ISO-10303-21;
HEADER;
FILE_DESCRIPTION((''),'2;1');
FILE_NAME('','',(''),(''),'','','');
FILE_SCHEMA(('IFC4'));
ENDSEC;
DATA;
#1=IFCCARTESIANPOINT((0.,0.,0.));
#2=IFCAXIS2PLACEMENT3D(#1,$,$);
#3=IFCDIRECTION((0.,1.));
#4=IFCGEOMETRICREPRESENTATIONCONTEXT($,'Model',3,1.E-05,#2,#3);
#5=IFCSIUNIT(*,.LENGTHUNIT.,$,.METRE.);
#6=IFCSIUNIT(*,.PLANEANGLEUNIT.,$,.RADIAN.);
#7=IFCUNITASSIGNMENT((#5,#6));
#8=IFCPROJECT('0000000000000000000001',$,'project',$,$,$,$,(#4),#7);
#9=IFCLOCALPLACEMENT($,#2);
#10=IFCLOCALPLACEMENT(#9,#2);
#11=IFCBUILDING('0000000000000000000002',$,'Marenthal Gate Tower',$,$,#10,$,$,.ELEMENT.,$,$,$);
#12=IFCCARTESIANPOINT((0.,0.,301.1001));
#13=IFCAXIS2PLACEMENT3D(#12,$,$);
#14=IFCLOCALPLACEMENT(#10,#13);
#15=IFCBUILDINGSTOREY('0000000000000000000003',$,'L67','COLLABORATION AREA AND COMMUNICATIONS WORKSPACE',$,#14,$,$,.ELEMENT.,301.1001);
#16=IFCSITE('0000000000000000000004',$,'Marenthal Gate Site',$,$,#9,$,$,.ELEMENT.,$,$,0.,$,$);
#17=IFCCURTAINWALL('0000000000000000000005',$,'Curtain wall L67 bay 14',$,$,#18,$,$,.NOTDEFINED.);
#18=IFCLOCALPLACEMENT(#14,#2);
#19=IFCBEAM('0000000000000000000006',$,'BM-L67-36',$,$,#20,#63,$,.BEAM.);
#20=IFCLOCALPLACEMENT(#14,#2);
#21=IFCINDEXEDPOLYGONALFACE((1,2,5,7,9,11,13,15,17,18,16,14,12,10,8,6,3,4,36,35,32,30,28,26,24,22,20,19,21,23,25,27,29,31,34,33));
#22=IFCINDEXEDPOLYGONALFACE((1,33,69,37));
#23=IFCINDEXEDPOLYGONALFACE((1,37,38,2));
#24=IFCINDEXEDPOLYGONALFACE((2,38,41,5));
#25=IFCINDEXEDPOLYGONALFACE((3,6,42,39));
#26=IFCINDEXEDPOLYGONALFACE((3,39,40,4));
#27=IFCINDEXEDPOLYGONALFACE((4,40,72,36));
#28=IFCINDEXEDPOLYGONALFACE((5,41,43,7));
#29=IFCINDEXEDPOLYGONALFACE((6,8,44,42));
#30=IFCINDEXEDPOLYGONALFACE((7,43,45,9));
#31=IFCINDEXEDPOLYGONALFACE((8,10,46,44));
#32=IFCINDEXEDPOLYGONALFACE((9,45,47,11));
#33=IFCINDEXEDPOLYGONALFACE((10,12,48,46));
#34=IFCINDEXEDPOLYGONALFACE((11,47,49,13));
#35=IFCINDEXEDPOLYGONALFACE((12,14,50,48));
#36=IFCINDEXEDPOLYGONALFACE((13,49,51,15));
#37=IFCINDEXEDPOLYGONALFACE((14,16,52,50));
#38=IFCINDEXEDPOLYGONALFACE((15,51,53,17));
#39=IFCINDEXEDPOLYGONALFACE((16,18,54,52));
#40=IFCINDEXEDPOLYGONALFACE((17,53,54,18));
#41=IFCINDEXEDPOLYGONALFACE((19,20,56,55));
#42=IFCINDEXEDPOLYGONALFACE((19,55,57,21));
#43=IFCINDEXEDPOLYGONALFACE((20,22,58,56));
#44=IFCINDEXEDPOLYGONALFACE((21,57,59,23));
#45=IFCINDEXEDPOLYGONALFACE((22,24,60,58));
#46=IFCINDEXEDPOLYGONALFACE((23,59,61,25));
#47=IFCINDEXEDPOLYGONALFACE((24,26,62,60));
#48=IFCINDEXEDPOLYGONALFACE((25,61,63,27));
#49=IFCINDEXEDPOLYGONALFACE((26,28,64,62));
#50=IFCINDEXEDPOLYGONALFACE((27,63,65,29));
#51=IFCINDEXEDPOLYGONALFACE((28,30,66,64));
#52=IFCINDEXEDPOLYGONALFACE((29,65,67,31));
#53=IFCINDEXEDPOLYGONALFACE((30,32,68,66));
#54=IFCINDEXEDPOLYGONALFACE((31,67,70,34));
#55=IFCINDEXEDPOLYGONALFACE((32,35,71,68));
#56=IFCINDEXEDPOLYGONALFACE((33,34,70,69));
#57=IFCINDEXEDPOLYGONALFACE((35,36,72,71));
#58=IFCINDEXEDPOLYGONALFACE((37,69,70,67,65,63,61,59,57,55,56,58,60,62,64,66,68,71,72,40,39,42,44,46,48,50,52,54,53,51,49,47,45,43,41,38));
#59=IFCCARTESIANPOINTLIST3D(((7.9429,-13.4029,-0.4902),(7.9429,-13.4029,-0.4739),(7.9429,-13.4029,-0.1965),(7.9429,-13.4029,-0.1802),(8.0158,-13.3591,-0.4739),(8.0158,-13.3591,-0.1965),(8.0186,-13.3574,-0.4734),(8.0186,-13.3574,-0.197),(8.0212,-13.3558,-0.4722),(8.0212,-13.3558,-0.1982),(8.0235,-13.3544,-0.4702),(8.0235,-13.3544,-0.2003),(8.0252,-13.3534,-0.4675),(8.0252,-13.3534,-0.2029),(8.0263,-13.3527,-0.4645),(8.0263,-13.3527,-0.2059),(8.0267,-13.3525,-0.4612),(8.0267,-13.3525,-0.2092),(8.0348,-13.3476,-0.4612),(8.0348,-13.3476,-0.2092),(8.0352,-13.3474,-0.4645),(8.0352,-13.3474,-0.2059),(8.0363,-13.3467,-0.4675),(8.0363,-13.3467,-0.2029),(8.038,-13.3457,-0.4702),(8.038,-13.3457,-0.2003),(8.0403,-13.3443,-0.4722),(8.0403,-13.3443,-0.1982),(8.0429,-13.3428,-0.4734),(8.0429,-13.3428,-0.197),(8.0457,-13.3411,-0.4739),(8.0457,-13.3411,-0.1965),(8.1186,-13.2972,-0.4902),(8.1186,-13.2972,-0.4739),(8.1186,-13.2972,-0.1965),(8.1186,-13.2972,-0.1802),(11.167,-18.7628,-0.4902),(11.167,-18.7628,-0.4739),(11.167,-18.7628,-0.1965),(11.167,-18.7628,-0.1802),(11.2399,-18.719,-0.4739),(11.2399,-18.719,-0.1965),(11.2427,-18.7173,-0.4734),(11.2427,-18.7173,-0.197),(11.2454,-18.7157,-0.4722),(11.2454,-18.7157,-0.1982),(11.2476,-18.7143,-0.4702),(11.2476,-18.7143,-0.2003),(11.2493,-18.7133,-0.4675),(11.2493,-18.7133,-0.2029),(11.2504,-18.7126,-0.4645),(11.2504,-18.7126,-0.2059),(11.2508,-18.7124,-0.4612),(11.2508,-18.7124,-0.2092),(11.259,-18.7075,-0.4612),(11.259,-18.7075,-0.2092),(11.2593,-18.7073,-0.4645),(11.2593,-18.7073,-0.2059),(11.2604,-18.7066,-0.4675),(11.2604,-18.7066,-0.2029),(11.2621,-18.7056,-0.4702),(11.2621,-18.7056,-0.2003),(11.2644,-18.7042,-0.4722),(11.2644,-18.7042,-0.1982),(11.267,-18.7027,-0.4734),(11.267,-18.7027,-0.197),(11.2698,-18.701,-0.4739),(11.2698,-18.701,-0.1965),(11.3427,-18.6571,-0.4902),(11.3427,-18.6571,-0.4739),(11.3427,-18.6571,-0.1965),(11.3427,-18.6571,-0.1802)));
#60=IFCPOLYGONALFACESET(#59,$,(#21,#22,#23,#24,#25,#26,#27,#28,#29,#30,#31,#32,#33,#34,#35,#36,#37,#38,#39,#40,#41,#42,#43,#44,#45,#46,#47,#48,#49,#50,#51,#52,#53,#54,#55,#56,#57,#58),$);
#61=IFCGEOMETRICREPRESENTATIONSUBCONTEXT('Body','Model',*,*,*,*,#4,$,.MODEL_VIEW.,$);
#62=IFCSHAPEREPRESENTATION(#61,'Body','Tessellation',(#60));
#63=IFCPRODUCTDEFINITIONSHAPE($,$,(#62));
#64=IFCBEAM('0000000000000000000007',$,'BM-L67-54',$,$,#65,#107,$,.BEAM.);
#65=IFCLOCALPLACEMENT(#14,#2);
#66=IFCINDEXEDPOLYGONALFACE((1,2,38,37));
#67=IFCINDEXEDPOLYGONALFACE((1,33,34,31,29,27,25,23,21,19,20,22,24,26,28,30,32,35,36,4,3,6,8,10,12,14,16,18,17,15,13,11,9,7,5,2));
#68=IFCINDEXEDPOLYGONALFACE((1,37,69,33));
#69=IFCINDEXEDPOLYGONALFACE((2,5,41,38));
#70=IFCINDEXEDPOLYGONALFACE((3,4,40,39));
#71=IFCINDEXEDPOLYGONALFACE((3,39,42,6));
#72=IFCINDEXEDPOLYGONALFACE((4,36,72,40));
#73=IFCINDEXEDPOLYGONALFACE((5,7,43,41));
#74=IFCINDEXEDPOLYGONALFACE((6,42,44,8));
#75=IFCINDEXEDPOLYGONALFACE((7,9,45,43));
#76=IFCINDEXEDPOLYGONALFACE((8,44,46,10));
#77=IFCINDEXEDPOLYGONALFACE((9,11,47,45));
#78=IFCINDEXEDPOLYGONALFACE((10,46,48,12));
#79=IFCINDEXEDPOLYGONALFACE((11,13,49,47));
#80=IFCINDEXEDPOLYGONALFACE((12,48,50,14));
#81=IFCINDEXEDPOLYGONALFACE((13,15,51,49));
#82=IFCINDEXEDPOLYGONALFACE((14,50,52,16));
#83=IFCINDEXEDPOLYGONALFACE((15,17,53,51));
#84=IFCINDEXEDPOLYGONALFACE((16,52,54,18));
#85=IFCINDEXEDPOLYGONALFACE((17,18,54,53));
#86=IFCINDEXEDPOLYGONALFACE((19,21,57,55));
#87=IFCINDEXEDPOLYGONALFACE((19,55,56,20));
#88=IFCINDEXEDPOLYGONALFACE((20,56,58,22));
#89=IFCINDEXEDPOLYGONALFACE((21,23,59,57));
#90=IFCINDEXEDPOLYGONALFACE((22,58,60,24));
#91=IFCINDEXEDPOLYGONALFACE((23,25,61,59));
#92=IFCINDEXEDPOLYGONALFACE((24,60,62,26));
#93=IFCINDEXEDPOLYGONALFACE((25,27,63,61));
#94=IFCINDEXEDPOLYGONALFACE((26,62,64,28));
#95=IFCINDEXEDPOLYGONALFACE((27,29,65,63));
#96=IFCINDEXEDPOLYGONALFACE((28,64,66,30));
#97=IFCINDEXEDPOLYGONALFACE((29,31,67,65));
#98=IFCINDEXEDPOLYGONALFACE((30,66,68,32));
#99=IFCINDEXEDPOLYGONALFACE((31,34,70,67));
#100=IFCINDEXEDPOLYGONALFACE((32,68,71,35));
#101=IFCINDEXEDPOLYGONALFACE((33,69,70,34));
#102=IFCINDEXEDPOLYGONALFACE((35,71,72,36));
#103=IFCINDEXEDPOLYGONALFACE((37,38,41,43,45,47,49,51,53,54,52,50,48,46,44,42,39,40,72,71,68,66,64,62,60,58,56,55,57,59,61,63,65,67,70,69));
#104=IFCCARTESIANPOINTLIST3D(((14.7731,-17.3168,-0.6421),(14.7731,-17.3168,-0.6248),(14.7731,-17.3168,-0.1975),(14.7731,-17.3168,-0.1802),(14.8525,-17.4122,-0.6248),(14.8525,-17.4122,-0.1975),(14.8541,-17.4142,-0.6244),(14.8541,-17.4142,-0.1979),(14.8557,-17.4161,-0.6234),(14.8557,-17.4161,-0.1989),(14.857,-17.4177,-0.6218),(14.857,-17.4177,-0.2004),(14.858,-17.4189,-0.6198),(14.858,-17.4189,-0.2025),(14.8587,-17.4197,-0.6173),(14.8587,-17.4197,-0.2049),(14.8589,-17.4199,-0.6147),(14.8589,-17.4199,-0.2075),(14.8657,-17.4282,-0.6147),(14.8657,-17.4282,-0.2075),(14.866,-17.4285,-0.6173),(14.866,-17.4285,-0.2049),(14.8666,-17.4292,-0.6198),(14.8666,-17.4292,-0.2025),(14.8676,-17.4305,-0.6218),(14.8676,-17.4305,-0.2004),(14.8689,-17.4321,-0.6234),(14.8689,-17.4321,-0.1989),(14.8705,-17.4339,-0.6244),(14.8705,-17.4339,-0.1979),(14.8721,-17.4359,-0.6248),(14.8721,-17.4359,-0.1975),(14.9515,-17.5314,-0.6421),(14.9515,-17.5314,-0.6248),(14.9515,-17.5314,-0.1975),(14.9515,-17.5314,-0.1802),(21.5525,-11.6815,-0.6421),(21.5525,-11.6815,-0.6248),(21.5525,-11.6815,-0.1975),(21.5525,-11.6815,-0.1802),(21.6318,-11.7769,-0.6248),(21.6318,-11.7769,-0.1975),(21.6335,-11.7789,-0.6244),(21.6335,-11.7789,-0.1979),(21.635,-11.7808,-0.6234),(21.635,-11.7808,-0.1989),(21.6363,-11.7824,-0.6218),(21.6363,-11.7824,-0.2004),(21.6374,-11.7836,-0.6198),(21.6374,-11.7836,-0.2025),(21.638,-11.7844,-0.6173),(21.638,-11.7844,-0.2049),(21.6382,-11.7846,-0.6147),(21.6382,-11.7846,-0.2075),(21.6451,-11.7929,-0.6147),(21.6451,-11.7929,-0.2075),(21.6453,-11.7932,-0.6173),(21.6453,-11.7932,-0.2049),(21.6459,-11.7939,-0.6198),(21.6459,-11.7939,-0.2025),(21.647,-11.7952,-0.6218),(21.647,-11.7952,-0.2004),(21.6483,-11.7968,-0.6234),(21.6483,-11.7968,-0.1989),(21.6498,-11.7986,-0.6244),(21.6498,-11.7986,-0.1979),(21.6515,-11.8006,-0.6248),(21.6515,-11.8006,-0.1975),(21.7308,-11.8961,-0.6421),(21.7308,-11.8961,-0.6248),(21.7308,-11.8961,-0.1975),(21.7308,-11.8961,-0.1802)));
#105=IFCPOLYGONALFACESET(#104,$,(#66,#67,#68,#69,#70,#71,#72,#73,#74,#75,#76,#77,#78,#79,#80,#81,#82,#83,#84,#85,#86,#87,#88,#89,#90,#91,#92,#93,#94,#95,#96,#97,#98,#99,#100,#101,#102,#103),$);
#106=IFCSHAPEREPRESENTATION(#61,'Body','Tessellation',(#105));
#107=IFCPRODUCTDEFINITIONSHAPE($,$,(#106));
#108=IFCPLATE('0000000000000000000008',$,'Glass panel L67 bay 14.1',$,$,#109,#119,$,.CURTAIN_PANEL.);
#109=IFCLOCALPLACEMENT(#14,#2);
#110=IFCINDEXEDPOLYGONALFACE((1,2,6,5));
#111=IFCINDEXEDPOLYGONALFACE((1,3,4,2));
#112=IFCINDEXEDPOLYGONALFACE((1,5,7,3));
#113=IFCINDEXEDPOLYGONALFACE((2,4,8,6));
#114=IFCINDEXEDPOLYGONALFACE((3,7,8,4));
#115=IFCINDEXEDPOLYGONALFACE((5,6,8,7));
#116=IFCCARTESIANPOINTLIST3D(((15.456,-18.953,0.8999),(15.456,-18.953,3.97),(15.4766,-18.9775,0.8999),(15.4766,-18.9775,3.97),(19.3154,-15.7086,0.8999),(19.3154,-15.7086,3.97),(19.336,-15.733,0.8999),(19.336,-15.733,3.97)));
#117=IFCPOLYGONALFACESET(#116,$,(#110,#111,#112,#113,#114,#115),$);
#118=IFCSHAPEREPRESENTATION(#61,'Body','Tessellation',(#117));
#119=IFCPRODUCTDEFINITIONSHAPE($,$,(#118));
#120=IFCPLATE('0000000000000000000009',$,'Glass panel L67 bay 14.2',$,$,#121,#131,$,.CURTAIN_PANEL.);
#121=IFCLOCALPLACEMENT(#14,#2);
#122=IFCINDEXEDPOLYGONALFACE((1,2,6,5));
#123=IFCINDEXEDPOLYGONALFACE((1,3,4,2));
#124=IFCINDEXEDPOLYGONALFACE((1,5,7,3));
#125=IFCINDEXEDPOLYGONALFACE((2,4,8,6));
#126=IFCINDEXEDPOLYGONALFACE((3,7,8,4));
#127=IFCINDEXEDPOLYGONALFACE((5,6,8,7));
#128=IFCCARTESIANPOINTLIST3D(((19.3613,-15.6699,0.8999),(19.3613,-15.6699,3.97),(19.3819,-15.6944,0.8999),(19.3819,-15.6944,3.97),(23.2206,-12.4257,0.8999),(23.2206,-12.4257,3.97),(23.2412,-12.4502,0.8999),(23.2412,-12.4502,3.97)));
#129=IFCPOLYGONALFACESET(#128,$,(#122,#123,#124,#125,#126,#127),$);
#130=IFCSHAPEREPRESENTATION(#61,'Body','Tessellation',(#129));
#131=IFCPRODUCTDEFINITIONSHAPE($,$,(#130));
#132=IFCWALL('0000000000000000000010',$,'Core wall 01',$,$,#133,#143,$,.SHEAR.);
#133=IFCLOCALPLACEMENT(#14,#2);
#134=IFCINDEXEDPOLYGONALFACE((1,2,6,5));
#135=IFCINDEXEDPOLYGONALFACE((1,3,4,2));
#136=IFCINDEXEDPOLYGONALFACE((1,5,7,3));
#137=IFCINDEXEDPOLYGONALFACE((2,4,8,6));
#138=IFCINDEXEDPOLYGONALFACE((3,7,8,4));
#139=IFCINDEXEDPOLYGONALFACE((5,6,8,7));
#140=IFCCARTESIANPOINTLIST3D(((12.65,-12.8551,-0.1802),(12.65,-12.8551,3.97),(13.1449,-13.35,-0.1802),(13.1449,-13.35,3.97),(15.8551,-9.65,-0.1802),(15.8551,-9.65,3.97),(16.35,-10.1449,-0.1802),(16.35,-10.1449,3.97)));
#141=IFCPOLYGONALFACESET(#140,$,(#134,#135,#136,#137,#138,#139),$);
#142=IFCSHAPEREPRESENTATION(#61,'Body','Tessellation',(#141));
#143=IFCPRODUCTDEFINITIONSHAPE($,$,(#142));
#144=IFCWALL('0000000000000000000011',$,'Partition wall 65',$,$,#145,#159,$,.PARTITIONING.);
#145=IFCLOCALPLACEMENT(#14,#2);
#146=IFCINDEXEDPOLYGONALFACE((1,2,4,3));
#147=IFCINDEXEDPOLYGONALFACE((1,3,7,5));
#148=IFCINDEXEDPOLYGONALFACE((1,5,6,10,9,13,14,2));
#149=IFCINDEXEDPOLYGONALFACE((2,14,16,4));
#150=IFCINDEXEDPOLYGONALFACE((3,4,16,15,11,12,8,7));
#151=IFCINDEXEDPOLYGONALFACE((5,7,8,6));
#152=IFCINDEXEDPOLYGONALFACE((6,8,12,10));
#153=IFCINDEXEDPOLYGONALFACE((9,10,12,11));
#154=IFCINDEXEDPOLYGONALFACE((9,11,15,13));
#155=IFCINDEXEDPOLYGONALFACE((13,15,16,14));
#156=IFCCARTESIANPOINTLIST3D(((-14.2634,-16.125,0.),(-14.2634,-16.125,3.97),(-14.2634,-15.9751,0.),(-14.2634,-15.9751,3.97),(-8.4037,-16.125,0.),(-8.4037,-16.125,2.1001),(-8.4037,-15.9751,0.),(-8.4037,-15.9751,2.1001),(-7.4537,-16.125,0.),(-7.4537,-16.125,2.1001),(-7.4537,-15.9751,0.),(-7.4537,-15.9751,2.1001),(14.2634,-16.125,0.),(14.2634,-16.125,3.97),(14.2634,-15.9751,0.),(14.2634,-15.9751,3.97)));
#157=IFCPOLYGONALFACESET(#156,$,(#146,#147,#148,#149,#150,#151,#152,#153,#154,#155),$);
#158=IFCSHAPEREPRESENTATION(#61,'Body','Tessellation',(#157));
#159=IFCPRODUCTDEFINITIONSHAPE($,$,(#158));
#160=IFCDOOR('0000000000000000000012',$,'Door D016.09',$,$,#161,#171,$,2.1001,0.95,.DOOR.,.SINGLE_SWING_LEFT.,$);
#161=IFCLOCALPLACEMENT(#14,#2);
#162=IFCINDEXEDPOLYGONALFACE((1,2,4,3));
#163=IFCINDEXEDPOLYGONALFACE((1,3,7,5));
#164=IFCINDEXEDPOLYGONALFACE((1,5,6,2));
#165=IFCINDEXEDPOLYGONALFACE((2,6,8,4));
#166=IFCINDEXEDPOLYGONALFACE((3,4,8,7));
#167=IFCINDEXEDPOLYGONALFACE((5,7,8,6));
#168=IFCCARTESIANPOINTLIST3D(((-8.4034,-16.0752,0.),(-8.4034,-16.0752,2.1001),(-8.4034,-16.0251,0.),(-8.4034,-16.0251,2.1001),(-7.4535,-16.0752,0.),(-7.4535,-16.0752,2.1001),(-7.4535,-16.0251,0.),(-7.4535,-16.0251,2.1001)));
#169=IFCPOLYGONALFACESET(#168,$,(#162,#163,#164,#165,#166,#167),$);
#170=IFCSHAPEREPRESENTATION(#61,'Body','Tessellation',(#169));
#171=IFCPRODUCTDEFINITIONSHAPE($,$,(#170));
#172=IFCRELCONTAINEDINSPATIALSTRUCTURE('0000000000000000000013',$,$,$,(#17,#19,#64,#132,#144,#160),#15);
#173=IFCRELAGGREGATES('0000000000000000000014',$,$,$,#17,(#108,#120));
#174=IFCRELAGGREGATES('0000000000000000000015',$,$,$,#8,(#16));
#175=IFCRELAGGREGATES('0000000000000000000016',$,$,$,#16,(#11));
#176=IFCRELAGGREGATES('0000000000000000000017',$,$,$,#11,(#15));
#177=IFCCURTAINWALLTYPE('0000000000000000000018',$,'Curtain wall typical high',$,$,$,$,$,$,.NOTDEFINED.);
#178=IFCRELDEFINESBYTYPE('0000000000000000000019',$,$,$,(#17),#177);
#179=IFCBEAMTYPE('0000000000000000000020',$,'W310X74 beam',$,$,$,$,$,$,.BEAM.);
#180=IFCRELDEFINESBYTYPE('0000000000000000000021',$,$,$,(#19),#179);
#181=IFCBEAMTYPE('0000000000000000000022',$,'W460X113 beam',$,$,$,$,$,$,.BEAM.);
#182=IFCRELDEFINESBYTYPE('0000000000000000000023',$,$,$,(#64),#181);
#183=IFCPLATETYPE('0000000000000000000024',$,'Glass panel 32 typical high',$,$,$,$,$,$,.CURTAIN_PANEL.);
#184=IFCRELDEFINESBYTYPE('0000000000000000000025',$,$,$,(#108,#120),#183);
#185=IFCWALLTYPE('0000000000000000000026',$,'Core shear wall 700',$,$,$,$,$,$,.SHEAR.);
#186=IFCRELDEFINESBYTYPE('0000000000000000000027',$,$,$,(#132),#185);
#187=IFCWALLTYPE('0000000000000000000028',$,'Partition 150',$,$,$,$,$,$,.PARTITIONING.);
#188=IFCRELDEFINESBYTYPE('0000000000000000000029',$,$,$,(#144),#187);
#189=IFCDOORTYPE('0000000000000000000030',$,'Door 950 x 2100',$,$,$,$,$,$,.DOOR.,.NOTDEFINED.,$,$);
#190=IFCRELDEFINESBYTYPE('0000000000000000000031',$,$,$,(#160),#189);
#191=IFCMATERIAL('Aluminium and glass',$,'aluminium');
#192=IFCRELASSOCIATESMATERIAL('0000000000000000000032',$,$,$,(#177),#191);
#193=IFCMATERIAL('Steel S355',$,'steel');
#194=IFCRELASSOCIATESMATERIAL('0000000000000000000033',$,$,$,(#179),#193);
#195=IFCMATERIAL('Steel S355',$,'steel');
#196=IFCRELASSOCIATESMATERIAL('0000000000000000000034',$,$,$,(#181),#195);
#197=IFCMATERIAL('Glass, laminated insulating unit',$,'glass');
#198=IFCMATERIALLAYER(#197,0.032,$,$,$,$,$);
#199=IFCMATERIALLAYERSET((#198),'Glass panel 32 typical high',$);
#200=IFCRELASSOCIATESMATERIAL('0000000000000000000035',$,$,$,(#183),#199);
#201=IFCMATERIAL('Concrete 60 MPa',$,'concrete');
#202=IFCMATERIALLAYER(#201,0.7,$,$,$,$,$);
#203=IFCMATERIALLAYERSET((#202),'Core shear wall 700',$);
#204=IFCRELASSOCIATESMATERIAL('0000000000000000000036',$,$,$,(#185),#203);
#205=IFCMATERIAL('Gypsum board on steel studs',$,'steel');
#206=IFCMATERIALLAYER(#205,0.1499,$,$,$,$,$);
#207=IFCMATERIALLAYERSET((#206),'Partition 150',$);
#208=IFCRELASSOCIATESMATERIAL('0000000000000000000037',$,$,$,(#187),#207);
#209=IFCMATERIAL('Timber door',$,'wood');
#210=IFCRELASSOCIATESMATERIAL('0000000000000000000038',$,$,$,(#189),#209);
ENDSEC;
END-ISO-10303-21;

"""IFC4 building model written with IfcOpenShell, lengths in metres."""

from ifc_helpers import new_model, si_unit, direction, frame, frame_2d, origin, origin_2d, place, context, subcontext, project, spatial, rectangle, i_section, extrude, material, layer, layer_set, material_profile, profile_set, type_object, element, fill, aggregate, save


model = new_model("IFC4")

# Units and contexts
model_context = context("Model", 3, precision=1e-05, world=origin(), true_north=direction((0.0, 1.0)))
body_context = subcontext(model_context, "Body", "Model", "MODEL_VIEW")
ifc_project = project(units=[si_unit("LENGTHUNIT", "METRE"), si_unit("PLANEANGLEUNIT", "RADIAN")], contexts=[model_context])

# Site, building, storey
site_placement = place(None, origin())
site = spatial("IfcSite", under=ifc_project, at=site_placement, Name="Marenthal Gate Site", CompositionType="ELEMENT", RefElevation=0.0)
building_placement = place(site_placement, origin())
building = spatial("IfcBuilding", under=site, at=building_placement, Name="Marenthal Gate Tower", CompositionType="ELEMENT")
storey_placement = place(building_placement, frame((0.0, 0.0, 301.1001)))
storey = spatial("IfcBuildingStorey", under=building, at=storey_placement, Name="L67", Description="COLLABORATION AREA AND COMMUNICATIONS WORKSPACE", CompositionType="ELEMENT", Elevation=301.1001)

# Curtain wall
ifc_material_1 = material(Name="Aluminium and glass", Category="aluminium")
curtain_wall_type = type_object("IfcCurtainWallType", Name="Curtain wall typical high", PredefinedType="NOTDEFINED", material=ifc_material_1)
curtain_wall_placement = place(storey_placement, origin())
curtain_wall = element("IfcCurtainWall", 1, at=curtain_wall_placement, inside=storey, type_object=curtain_wall_type, Name="Curtain wall L67 bay 14", PredefinedType="NOTDEFINED")

# Beams
ifc_material_2 = material(Name="Steel S355", Category="steel")
ifc_material_profile_1 = material_profile(ifc_material_2, i_section(OverallWidth=0.2051, OverallDepth=0.3101, WebThickness=0.0095, FlangeThickness=0.0164, FilletRadius=0.0127, at=origin_2d()), Name="W310X74")
ifc_profile_set_1 = profile_set([ifc_material_profile_1], Name="Steel S355")
beam_type_1 = type_object("IfcBeamType", Name="W310X74 beam", PredefinedType="BEAM", material=ifc_profile_set_1)
beam_1_placement = place(storey_placement, frame((11.2549, -18.71, -0.3352), z_axis=(-0.51546, 0.856914, 0.0), x_axis=(-0.856914, -0.51546, 0.0)))
element("IfcBeam", 2, at=beam_1_placement, inside=storey, type_object=beam_type_1, Name="BM-L67-36", PredefinedType="BEAM", context=body_context, shape_type="SweptSolid", body=[
    extrude(i_section(OverallWidth=0.2051, OverallDepth=0.3101, WebThickness=0.0095, FlangeThickness=0.0164, FilletRadius=0.0127, at=origin_2d()), origin(), (0.0, 0.0, 1.0), 6.2549),
])
ifc_material_3 = material(Name="Steel S355", Category="steel")
ifc_material_profile_2 = material_profile(ifc_material_3, i_section(OverallWidth=0.2791, OverallDepth=0.4619, WebThickness=0.0107, FlangeThickness=0.0173, FilletRadius=0.01, at=origin_2d()), Name="W460X113")
ifc_profile_set_2 = profile_set([ifc_material_profile_2], Name="Steel S355")
beam_type_2 = type_object("IfcBeamType", Name="W460X113 beam", PredefinedType="BEAM", material=ifc_profile_set_2)
beam_2_placement = place(storey_placement, frame((14.8623, -17.4241, -0.4111), z_axis=(0.769011, 0.639236, 0.0), x_axis=(-0.639236, 0.769011, 0.0)))
element("IfcBeam", 3, at=beam_2_placement, inside=storey, type_object=beam_type_2, Name="BM-L67-54", PredefinedType="BEAM", context=body_context, shape_type="SweptSolid", body=[
    extrude(i_section(OverallWidth=0.2791, OverallDepth=0.4619, WebThickness=0.0107, FlangeThickness=0.0173, FilletRadius=0.01, at=origin_2d()), origin(), (0.0, 0.0, 1.0), 8.8157),
])

# Plates
ifc_material_4 = material(Name="Glass, laminated insulating unit", Category="glass")
ifc_layer_1 = layer(ifc_material_4, 0.032)
ifc_layer_set_1 = layer_set([ifc_layer_1], Name="Glass panel 32 typical high")
plate_type = type_object("IfcPlateType", Name="Glass panel 32 typical high", PredefinedType="CURTAIN_PANEL", material=ifc_layer_set_1)
plate_1_placement = place(storey_placement, frame((17.396, -17.343, 0.8999), z_axis=(0.0, 0.0, 1.0), x_axis=(0.765463, 0.64348, 0.0)))
plate_1 = element("IfcPlate", 4, at=plate_1_placement, type_object=plate_type, Name="Glass panel L67 bay 14.1", PredefinedType="CURTAIN_PANEL", context=body_context, shape_type="SweptSolid", body=[
    extrude(rectangle(XDim=5.042, YDim=0.032, at=origin_2d()), origin(), (0.0, 0.0, 1.0), 3.0701),
])
plate_2_placement = place(storey_placement, frame((21.3013, -14.0601, 0.8999), z_axis=(0.0, 0.0, 1.0), x_axis=(0.765463, 0.64348, 0.0)))
plate_2 = element("IfcPlate", 5, at=plate_2_placement, type_object=plate_type, Name="Glass panel L67 bay 14.2", PredefinedType="CURTAIN_PANEL", context=body_context, shape_type="SweptSolid", body=[
    extrude(rectangle(XDim=5.0417, YDim=0.032, at=origin_2d()), origin(), (0.0, 0.0, 1.0), 3.0701),
])
aggregate(curtain_wall, [plate_1, plate_2])

# Wall
ifc_material_5 = material(Name="Concrete 60 MPa", Category="concrete")
ifc_layer_2 = layer(ifc_material_5, 0.7)
ifc_layer_set_2 = layer_set([ifc_layer_2], Name="Core shear wall 700")
wall_type_1 = type_object("IfcWallType", Name="Core shear wall 700", PredefinedType="SHEAR", material=ifc_layer_set_2)
wall_1_placement = place(storey_placement, frame((12.8975, -13.1025, -0.1802), z_axis=(0.0, 0.0, 1.0), x_axis=(0.707107, 0.707107, 0.0)))
element("IfcWall", 6, at=wall_1_placement, inside=storey, type_object=wall_type_1, Name="Core wall 01", PredefinedType="SHEAR", context=body_context, shape_type="SweptSolid", body=[
    extrude(rectangle(XDim=4.5327, YDim=0.7, at=frame_2d((2.2664, 0.0))), origin(), (0.0, 0.0, 1.0), 4.1501),
])

# Wall, opening, door
ifc_material_6 = material(Name="Gypsum board on steel studs", Category="steel")
ifc_layer_3 = layer(ifc_material_6, 0.1499)
ifc_layer_set_3 = layer_set([ifc_layer_3], Name="Partition 150")
wall_type_2 = type_object("IfcWallType", Name="Partition 150", PredefinedType="PARTITIONING", material=ifc_layer_set_3)
wall_2_placement = place(storey_placement, frame((14.2634, -16.05, 0.0), z_axis=(0.0, 0.0, 1.0), x_axis=(-1.0, 0.0, 0.0)))
wall_2 = element("IfcWall", 7, at=wall_2_placement, inside=storey, type_object=wall_type_2, Name="Partition wall 65", PredefinedType="PARTITIONING", context=body_context, shape_type="SweptSolid", body=[
    extrude(rectangle(XDim=28.5269, YDim=0.1499, at=frame_2d((14.2634, 0.0))), origin(), (0.0, 0.0, 1.0), 3.97),
])
opening_1_placement = place(wall_2_placement, frame((21.717, 0.0, 0.0)))
opening_1 = element("IfcOpeningElement", 8, at=opening_1_placement, cuts=wall_2, PredefinedType="OPENING", context=body_context, shape_type="SweptSolid", body=[
    extrude(rectangle(XDim=0.95, YDim=2.1001, at=frame_2d((0.4751, 1.05))), frame((0.0, 0.085, 0.0), z_axis=(0.0, -1.0, 0.0), x_axis=(1.0, 0.0, 0.0)), (0.0, 0.0, 1.0), 0.1699),
])
ifc_material_7 = material(Name="Timber door", Category="wood")
door_type_1 = type_object("IfcDoorType", Name="Door 950 x 2100", OperationType="NOTDEFINED", PredefinedType="DOOR", material=ifc_material_7)
door_1_placement = place(opening_1_placement, frame((0.95, 0.0, 0.0), z_axis=(0.0, 0.0, 1.0), x_axis=(-1.0, 0.0, 0.0)))
door_1 = element("IfcDoor", 9, at=door_1_placement, inside=storey, type_object=door_type_1, Name="Door D016.09", OperationType="SINGLE_SWING_LEFT", OverallHeight=2.1001, OverallWidth=0.95, PredefinedType="DOOR", context=body_context, shape_type="SweptSolid", body=[
    extrude(rectangle(XDim=0.95, YDim=2.1001, at=frame_2d((0.4751, 1.05))), frame((0.0, 0.0249, 0.0), z_axis=(0.0, -1.0, 0.0), x_axis=(1.0, 0.0, 0.0)), (0.0, 0.0, 1.0), 0.05),
])
fill(opening_1, door_1)

save(model, "model.ifc")
